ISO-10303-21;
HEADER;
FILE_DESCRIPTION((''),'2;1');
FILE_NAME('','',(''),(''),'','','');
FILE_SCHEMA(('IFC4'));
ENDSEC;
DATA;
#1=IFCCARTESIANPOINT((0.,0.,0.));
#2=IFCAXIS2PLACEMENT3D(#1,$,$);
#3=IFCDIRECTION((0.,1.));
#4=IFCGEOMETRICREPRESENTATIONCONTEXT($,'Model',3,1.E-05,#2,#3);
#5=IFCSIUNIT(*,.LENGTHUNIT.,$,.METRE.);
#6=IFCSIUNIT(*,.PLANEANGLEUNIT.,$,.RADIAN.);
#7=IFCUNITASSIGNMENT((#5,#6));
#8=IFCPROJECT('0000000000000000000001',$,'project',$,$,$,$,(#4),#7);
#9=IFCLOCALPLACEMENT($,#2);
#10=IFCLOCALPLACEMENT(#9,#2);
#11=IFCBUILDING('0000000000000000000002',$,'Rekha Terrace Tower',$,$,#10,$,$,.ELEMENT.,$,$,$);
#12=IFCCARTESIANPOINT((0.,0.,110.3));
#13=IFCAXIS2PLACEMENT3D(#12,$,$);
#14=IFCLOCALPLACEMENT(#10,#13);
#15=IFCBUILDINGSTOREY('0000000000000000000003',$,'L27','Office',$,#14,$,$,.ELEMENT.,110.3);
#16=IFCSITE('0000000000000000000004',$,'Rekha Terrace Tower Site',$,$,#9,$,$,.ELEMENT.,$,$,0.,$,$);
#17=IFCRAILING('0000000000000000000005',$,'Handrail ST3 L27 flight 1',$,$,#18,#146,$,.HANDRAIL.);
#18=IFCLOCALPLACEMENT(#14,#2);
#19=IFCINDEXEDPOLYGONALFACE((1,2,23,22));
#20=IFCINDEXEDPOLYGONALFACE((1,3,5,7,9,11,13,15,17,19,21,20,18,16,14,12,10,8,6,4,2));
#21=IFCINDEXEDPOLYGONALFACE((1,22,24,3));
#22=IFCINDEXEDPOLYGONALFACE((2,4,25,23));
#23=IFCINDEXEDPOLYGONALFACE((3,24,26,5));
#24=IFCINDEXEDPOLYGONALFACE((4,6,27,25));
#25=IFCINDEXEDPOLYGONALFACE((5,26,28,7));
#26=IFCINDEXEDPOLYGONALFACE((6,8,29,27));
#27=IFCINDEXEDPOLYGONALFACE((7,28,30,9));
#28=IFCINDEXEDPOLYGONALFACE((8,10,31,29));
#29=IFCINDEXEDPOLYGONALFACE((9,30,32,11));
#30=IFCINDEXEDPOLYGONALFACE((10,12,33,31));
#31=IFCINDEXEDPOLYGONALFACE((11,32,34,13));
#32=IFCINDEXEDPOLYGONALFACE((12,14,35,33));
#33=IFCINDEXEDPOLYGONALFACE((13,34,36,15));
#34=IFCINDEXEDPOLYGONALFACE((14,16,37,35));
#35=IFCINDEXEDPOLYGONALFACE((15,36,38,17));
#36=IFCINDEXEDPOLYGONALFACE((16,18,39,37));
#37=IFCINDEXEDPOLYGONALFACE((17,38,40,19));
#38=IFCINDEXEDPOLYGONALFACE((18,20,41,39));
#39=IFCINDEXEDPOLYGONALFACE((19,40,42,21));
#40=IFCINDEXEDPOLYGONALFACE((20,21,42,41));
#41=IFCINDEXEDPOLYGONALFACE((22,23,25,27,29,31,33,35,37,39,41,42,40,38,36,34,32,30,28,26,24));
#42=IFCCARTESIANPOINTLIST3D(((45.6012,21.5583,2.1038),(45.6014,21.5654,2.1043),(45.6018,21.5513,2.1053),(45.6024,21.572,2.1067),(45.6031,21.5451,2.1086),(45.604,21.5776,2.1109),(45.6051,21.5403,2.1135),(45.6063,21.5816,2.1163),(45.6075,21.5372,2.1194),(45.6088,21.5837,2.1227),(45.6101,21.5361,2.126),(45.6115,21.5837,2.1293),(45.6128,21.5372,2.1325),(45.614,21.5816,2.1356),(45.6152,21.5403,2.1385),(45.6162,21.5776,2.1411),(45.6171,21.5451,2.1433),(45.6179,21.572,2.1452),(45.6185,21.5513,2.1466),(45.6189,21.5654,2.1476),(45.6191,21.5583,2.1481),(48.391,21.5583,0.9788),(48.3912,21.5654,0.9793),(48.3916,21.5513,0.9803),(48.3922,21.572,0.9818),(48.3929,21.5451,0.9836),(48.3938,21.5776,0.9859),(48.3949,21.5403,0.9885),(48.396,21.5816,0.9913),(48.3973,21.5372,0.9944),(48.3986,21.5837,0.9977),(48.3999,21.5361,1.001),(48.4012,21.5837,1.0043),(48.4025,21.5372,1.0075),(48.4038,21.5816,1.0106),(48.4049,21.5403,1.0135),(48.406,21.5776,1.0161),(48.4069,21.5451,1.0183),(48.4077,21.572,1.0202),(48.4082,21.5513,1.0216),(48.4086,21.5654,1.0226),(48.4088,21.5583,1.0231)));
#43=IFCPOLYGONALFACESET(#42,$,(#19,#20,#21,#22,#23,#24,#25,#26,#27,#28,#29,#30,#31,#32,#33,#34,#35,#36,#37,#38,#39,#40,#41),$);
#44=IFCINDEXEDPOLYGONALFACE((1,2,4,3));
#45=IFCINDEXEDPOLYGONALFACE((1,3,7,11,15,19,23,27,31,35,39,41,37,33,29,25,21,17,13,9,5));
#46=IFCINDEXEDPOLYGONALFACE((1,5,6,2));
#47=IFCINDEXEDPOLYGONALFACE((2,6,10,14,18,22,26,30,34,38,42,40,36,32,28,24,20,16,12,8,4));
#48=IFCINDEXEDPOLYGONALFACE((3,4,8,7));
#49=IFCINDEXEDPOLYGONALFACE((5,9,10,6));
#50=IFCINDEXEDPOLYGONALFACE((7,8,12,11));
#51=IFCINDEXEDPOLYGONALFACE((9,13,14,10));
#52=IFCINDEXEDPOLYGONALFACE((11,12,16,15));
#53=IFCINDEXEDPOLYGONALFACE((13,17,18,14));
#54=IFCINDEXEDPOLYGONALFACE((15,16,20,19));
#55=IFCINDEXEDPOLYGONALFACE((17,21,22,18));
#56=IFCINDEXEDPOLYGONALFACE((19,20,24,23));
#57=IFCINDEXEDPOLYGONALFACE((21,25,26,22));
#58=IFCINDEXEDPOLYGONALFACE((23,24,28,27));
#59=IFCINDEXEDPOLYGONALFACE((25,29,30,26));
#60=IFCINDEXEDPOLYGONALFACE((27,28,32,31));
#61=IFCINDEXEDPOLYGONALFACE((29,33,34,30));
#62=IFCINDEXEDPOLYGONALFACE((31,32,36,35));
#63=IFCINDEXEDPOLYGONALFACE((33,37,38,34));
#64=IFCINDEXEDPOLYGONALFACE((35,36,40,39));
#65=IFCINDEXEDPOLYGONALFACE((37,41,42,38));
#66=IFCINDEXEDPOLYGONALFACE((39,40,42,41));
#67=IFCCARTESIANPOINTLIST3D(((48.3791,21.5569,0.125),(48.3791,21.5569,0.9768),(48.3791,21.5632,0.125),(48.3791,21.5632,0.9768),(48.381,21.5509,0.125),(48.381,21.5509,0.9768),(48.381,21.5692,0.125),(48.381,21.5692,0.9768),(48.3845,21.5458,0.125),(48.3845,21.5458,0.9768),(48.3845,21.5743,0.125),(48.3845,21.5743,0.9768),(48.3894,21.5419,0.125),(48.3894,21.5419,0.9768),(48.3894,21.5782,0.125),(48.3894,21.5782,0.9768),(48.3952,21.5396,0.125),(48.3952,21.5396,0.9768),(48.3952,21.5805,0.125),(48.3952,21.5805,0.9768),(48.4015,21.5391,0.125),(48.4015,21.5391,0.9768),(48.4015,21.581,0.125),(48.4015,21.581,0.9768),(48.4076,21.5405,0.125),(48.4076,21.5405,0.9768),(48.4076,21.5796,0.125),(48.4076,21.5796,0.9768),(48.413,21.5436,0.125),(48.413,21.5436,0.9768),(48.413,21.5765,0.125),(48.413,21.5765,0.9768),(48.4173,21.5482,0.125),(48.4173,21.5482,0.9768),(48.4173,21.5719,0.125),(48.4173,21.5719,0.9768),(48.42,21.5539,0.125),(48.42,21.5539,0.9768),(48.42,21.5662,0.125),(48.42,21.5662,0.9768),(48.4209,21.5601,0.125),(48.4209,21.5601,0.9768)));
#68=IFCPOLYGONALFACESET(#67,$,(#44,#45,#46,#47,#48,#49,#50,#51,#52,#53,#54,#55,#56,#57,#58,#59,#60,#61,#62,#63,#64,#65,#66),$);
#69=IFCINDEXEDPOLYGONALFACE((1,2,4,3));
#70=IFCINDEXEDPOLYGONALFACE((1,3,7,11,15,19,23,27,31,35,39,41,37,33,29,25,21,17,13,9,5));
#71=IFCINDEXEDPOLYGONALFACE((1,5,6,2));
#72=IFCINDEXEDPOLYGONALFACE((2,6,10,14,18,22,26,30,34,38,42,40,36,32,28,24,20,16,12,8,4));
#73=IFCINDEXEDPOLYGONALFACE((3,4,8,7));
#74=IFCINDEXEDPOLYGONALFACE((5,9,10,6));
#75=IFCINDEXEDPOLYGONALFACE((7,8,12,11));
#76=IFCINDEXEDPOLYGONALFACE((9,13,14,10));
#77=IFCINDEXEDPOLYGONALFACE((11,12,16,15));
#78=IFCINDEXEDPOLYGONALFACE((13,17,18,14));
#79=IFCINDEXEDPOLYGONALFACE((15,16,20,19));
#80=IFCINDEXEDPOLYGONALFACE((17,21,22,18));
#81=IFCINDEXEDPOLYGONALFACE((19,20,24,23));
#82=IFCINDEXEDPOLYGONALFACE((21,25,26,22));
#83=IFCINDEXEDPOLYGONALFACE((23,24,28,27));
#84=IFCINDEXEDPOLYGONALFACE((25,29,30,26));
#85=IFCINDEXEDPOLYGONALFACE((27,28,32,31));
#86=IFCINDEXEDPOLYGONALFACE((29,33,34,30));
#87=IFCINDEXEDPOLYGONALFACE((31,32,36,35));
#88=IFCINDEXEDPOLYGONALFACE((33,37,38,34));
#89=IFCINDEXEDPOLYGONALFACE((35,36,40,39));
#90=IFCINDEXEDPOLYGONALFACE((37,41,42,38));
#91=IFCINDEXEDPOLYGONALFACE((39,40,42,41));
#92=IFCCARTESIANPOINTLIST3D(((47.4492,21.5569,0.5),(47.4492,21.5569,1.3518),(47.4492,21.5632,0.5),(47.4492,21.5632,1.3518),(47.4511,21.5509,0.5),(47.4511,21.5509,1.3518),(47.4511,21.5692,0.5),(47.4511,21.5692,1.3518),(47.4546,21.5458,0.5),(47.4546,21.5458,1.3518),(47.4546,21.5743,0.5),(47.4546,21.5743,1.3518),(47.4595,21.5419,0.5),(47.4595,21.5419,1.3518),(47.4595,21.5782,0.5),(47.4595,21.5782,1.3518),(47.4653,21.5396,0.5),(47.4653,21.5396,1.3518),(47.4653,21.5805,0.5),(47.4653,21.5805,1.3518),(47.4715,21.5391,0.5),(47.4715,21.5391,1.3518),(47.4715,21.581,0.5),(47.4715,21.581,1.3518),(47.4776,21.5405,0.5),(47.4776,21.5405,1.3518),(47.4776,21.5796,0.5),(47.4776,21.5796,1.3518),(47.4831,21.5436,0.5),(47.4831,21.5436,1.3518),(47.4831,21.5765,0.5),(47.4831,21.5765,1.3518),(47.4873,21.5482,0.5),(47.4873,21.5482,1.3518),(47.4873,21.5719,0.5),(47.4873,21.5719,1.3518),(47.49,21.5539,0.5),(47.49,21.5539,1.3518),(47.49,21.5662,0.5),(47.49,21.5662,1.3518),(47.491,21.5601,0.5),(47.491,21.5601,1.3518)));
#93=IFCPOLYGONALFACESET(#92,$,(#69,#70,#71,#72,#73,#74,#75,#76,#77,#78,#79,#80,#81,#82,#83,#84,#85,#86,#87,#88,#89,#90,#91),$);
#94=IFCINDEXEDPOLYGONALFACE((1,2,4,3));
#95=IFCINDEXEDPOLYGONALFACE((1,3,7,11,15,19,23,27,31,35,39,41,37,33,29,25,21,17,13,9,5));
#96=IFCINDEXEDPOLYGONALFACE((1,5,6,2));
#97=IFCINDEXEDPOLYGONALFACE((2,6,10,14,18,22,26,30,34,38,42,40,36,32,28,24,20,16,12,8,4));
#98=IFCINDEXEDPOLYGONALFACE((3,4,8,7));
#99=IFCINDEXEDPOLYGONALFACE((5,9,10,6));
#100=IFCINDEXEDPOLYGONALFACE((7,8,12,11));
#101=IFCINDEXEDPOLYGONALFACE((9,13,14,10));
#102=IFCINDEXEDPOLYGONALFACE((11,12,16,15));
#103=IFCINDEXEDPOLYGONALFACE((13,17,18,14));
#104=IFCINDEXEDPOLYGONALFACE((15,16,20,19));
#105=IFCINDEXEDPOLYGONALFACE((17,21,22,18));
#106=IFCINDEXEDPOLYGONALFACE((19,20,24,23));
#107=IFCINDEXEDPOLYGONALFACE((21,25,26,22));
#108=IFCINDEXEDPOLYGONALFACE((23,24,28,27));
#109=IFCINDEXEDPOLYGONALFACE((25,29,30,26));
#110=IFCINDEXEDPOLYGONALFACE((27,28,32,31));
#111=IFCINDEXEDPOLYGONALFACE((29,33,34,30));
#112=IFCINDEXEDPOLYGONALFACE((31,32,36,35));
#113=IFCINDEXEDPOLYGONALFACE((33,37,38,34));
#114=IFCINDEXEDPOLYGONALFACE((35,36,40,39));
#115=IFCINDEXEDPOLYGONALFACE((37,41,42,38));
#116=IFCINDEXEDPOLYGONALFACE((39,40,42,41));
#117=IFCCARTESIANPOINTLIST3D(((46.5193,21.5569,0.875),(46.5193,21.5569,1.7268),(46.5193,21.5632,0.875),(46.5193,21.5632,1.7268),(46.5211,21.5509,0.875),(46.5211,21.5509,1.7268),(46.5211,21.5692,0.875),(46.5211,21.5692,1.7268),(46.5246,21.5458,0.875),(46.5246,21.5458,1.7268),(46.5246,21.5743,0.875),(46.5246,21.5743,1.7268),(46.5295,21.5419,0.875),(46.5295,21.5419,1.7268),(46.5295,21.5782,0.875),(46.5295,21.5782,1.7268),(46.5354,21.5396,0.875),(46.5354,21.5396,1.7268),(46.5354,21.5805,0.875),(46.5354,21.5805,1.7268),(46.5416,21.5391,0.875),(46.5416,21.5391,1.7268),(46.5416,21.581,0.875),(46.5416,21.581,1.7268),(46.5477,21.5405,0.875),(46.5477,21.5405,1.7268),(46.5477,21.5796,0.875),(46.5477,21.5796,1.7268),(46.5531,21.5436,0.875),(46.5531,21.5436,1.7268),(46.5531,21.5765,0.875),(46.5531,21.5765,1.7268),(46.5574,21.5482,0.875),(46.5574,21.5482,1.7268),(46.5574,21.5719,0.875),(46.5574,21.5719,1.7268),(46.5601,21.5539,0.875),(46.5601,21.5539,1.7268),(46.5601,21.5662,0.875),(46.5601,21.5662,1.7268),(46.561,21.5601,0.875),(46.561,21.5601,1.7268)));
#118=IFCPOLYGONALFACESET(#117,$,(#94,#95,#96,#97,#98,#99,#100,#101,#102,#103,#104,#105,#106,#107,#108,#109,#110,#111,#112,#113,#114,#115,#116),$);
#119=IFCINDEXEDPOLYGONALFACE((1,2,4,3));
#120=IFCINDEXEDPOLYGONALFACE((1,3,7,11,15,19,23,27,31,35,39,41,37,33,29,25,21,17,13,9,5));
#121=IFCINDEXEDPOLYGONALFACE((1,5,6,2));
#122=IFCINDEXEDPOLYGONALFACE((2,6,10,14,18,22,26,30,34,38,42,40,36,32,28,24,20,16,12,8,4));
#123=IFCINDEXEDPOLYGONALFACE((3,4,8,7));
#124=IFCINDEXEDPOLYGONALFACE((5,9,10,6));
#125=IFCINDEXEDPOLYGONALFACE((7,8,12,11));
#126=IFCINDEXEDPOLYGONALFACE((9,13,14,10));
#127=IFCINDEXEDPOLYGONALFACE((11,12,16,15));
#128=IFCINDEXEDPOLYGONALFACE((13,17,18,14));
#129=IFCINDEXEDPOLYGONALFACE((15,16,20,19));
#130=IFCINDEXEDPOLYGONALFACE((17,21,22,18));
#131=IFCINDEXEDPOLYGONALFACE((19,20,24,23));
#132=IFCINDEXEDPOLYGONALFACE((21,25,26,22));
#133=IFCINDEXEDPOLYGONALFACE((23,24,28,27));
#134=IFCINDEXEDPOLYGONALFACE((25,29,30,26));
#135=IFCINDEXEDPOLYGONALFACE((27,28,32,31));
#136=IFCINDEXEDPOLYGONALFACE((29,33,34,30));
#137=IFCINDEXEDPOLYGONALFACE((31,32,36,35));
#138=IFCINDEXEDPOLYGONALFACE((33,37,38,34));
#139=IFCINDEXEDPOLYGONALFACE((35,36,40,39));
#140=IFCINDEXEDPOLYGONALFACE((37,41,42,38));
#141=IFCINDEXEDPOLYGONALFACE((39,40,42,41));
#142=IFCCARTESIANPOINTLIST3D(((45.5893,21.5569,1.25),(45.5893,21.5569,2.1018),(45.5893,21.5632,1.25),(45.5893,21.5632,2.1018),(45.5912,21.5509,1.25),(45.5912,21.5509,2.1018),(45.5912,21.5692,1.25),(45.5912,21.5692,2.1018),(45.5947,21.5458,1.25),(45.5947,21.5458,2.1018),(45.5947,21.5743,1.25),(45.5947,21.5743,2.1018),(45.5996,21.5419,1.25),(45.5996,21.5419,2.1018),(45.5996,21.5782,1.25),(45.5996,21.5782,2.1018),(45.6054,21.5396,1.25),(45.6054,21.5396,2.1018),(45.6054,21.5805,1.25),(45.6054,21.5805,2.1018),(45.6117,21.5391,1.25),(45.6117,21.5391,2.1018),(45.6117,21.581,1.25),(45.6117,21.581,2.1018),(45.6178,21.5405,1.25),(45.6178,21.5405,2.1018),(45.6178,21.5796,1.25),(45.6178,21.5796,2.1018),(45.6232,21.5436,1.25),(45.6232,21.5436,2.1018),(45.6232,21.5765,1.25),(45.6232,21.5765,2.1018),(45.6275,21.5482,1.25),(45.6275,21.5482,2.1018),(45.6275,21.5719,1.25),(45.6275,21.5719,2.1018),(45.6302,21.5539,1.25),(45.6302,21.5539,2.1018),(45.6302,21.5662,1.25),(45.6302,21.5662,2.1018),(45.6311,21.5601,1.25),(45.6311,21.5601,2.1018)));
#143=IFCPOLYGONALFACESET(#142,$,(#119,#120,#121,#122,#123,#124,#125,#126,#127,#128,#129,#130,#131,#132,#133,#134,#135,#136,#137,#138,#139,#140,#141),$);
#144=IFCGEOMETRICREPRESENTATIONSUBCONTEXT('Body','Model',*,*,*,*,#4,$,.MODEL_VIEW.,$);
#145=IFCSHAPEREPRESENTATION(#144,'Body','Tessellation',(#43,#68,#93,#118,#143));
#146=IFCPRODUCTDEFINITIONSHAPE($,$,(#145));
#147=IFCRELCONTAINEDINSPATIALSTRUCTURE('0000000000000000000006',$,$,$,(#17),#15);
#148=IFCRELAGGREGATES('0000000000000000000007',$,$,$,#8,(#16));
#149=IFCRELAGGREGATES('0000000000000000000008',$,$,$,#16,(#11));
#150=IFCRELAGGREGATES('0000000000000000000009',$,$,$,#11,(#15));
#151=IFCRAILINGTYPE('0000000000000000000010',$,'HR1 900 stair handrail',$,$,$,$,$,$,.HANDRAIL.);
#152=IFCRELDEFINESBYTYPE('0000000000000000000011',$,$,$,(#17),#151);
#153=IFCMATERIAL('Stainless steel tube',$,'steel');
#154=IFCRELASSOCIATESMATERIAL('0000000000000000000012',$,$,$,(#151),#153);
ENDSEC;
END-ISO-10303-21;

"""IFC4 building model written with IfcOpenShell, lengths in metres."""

from ifc_helpers import new_model, si_unit, direction, frame, origin, origin_2d, place, context, subcontext, project, spatial, circle, extrude, material, type_object, element, save


model = new_model("IFC4")

# Units and contexts
model_context = context("Model", 3, precision=1e-05, world=origin(), true_north=direction((0.0, 1.0)))
body_context = subcontext(model_context, "Body", "Model", "MODEL_VIEW")
ifc_project = project(units=[si_unit("LENGTHUNIT", "METRE"), si_unit("PLANEANGLEUNIT", "RADIAN")], contexts=[model_context])

# Site, building, storey
site_placement = place(None, origin())
site = spatial("IfcSite", under=ifc_project, at=site_placement, Name="Rekha Terrace Tower Site", CompositionType="ELEMENT", RefElevation=0.0)
building_placement = place(site_placement, origin())
building = spatial("IfcBuilding", under=site, at=building_placement, Name="Rekha Terrace Tower", CompositionType="ELEMENT")
storey_placement = place(building_placement, frame((0.0, 0.0, 110.3)))
storey = spatial("IfcBuildingStorey", under=building, at=storey_placement, Name="L27", Description="Office", CompositionType="ELEMENT", Elevation=110.3)

# Railing
ifc_material_1 = material(Name="Stainless steel tube", Category="steel")
railing_type_1 = type_object("IfcRailingType", Name="HR1 900 stair handrail", PredefinedType="HANDRAIL", material=ifc_material_1)
railing_1_placement = place(storey_placement, frame((48.3999, 21.5601, 0.125)))
element("IfcRailing", 1, at=railing_1_placement, inside=storey, type_object=railing_type_1, Name="Handrail ST3 L27 flight 1", PredefinedType="HANDRAIL", context=body_context, shape_type="SweptSolid", body=[
    extrude(circle(Radius=0.0239, at=origin_2d()), frame((0.0, 0.0, 0.876), z_axis=(-0.927432, 0.0, 0.373992), x_axis=(0.0, -1.0, 0.0)), (0.0, 0.0, 1.0), 3.0081),
    extrude(circle(Radius=0.021, at=origin_2d()), origin(), (0.0, 0.0, 1.0), 0.8518),
    extrude(circle(Radius=0.021, at=origin_2d()), frame((-0.9299, 0.0, 0.375)), (0.0, 0.0, 1.0), 0.8518),
    extrude(circle(Radius=0.021, at=origin_2d()), frame((-1.8599, 0.0, 0.75)), (0.0, 0.0, 1.0), 0.8518),
    extrude(circle(Radius=0.021, at=origin_2d()), frame((-2.7898, 0.0, 1.125)), (0.0, 0.0, 1.0), 0.8518),
])

save(model, "model.ifc")
